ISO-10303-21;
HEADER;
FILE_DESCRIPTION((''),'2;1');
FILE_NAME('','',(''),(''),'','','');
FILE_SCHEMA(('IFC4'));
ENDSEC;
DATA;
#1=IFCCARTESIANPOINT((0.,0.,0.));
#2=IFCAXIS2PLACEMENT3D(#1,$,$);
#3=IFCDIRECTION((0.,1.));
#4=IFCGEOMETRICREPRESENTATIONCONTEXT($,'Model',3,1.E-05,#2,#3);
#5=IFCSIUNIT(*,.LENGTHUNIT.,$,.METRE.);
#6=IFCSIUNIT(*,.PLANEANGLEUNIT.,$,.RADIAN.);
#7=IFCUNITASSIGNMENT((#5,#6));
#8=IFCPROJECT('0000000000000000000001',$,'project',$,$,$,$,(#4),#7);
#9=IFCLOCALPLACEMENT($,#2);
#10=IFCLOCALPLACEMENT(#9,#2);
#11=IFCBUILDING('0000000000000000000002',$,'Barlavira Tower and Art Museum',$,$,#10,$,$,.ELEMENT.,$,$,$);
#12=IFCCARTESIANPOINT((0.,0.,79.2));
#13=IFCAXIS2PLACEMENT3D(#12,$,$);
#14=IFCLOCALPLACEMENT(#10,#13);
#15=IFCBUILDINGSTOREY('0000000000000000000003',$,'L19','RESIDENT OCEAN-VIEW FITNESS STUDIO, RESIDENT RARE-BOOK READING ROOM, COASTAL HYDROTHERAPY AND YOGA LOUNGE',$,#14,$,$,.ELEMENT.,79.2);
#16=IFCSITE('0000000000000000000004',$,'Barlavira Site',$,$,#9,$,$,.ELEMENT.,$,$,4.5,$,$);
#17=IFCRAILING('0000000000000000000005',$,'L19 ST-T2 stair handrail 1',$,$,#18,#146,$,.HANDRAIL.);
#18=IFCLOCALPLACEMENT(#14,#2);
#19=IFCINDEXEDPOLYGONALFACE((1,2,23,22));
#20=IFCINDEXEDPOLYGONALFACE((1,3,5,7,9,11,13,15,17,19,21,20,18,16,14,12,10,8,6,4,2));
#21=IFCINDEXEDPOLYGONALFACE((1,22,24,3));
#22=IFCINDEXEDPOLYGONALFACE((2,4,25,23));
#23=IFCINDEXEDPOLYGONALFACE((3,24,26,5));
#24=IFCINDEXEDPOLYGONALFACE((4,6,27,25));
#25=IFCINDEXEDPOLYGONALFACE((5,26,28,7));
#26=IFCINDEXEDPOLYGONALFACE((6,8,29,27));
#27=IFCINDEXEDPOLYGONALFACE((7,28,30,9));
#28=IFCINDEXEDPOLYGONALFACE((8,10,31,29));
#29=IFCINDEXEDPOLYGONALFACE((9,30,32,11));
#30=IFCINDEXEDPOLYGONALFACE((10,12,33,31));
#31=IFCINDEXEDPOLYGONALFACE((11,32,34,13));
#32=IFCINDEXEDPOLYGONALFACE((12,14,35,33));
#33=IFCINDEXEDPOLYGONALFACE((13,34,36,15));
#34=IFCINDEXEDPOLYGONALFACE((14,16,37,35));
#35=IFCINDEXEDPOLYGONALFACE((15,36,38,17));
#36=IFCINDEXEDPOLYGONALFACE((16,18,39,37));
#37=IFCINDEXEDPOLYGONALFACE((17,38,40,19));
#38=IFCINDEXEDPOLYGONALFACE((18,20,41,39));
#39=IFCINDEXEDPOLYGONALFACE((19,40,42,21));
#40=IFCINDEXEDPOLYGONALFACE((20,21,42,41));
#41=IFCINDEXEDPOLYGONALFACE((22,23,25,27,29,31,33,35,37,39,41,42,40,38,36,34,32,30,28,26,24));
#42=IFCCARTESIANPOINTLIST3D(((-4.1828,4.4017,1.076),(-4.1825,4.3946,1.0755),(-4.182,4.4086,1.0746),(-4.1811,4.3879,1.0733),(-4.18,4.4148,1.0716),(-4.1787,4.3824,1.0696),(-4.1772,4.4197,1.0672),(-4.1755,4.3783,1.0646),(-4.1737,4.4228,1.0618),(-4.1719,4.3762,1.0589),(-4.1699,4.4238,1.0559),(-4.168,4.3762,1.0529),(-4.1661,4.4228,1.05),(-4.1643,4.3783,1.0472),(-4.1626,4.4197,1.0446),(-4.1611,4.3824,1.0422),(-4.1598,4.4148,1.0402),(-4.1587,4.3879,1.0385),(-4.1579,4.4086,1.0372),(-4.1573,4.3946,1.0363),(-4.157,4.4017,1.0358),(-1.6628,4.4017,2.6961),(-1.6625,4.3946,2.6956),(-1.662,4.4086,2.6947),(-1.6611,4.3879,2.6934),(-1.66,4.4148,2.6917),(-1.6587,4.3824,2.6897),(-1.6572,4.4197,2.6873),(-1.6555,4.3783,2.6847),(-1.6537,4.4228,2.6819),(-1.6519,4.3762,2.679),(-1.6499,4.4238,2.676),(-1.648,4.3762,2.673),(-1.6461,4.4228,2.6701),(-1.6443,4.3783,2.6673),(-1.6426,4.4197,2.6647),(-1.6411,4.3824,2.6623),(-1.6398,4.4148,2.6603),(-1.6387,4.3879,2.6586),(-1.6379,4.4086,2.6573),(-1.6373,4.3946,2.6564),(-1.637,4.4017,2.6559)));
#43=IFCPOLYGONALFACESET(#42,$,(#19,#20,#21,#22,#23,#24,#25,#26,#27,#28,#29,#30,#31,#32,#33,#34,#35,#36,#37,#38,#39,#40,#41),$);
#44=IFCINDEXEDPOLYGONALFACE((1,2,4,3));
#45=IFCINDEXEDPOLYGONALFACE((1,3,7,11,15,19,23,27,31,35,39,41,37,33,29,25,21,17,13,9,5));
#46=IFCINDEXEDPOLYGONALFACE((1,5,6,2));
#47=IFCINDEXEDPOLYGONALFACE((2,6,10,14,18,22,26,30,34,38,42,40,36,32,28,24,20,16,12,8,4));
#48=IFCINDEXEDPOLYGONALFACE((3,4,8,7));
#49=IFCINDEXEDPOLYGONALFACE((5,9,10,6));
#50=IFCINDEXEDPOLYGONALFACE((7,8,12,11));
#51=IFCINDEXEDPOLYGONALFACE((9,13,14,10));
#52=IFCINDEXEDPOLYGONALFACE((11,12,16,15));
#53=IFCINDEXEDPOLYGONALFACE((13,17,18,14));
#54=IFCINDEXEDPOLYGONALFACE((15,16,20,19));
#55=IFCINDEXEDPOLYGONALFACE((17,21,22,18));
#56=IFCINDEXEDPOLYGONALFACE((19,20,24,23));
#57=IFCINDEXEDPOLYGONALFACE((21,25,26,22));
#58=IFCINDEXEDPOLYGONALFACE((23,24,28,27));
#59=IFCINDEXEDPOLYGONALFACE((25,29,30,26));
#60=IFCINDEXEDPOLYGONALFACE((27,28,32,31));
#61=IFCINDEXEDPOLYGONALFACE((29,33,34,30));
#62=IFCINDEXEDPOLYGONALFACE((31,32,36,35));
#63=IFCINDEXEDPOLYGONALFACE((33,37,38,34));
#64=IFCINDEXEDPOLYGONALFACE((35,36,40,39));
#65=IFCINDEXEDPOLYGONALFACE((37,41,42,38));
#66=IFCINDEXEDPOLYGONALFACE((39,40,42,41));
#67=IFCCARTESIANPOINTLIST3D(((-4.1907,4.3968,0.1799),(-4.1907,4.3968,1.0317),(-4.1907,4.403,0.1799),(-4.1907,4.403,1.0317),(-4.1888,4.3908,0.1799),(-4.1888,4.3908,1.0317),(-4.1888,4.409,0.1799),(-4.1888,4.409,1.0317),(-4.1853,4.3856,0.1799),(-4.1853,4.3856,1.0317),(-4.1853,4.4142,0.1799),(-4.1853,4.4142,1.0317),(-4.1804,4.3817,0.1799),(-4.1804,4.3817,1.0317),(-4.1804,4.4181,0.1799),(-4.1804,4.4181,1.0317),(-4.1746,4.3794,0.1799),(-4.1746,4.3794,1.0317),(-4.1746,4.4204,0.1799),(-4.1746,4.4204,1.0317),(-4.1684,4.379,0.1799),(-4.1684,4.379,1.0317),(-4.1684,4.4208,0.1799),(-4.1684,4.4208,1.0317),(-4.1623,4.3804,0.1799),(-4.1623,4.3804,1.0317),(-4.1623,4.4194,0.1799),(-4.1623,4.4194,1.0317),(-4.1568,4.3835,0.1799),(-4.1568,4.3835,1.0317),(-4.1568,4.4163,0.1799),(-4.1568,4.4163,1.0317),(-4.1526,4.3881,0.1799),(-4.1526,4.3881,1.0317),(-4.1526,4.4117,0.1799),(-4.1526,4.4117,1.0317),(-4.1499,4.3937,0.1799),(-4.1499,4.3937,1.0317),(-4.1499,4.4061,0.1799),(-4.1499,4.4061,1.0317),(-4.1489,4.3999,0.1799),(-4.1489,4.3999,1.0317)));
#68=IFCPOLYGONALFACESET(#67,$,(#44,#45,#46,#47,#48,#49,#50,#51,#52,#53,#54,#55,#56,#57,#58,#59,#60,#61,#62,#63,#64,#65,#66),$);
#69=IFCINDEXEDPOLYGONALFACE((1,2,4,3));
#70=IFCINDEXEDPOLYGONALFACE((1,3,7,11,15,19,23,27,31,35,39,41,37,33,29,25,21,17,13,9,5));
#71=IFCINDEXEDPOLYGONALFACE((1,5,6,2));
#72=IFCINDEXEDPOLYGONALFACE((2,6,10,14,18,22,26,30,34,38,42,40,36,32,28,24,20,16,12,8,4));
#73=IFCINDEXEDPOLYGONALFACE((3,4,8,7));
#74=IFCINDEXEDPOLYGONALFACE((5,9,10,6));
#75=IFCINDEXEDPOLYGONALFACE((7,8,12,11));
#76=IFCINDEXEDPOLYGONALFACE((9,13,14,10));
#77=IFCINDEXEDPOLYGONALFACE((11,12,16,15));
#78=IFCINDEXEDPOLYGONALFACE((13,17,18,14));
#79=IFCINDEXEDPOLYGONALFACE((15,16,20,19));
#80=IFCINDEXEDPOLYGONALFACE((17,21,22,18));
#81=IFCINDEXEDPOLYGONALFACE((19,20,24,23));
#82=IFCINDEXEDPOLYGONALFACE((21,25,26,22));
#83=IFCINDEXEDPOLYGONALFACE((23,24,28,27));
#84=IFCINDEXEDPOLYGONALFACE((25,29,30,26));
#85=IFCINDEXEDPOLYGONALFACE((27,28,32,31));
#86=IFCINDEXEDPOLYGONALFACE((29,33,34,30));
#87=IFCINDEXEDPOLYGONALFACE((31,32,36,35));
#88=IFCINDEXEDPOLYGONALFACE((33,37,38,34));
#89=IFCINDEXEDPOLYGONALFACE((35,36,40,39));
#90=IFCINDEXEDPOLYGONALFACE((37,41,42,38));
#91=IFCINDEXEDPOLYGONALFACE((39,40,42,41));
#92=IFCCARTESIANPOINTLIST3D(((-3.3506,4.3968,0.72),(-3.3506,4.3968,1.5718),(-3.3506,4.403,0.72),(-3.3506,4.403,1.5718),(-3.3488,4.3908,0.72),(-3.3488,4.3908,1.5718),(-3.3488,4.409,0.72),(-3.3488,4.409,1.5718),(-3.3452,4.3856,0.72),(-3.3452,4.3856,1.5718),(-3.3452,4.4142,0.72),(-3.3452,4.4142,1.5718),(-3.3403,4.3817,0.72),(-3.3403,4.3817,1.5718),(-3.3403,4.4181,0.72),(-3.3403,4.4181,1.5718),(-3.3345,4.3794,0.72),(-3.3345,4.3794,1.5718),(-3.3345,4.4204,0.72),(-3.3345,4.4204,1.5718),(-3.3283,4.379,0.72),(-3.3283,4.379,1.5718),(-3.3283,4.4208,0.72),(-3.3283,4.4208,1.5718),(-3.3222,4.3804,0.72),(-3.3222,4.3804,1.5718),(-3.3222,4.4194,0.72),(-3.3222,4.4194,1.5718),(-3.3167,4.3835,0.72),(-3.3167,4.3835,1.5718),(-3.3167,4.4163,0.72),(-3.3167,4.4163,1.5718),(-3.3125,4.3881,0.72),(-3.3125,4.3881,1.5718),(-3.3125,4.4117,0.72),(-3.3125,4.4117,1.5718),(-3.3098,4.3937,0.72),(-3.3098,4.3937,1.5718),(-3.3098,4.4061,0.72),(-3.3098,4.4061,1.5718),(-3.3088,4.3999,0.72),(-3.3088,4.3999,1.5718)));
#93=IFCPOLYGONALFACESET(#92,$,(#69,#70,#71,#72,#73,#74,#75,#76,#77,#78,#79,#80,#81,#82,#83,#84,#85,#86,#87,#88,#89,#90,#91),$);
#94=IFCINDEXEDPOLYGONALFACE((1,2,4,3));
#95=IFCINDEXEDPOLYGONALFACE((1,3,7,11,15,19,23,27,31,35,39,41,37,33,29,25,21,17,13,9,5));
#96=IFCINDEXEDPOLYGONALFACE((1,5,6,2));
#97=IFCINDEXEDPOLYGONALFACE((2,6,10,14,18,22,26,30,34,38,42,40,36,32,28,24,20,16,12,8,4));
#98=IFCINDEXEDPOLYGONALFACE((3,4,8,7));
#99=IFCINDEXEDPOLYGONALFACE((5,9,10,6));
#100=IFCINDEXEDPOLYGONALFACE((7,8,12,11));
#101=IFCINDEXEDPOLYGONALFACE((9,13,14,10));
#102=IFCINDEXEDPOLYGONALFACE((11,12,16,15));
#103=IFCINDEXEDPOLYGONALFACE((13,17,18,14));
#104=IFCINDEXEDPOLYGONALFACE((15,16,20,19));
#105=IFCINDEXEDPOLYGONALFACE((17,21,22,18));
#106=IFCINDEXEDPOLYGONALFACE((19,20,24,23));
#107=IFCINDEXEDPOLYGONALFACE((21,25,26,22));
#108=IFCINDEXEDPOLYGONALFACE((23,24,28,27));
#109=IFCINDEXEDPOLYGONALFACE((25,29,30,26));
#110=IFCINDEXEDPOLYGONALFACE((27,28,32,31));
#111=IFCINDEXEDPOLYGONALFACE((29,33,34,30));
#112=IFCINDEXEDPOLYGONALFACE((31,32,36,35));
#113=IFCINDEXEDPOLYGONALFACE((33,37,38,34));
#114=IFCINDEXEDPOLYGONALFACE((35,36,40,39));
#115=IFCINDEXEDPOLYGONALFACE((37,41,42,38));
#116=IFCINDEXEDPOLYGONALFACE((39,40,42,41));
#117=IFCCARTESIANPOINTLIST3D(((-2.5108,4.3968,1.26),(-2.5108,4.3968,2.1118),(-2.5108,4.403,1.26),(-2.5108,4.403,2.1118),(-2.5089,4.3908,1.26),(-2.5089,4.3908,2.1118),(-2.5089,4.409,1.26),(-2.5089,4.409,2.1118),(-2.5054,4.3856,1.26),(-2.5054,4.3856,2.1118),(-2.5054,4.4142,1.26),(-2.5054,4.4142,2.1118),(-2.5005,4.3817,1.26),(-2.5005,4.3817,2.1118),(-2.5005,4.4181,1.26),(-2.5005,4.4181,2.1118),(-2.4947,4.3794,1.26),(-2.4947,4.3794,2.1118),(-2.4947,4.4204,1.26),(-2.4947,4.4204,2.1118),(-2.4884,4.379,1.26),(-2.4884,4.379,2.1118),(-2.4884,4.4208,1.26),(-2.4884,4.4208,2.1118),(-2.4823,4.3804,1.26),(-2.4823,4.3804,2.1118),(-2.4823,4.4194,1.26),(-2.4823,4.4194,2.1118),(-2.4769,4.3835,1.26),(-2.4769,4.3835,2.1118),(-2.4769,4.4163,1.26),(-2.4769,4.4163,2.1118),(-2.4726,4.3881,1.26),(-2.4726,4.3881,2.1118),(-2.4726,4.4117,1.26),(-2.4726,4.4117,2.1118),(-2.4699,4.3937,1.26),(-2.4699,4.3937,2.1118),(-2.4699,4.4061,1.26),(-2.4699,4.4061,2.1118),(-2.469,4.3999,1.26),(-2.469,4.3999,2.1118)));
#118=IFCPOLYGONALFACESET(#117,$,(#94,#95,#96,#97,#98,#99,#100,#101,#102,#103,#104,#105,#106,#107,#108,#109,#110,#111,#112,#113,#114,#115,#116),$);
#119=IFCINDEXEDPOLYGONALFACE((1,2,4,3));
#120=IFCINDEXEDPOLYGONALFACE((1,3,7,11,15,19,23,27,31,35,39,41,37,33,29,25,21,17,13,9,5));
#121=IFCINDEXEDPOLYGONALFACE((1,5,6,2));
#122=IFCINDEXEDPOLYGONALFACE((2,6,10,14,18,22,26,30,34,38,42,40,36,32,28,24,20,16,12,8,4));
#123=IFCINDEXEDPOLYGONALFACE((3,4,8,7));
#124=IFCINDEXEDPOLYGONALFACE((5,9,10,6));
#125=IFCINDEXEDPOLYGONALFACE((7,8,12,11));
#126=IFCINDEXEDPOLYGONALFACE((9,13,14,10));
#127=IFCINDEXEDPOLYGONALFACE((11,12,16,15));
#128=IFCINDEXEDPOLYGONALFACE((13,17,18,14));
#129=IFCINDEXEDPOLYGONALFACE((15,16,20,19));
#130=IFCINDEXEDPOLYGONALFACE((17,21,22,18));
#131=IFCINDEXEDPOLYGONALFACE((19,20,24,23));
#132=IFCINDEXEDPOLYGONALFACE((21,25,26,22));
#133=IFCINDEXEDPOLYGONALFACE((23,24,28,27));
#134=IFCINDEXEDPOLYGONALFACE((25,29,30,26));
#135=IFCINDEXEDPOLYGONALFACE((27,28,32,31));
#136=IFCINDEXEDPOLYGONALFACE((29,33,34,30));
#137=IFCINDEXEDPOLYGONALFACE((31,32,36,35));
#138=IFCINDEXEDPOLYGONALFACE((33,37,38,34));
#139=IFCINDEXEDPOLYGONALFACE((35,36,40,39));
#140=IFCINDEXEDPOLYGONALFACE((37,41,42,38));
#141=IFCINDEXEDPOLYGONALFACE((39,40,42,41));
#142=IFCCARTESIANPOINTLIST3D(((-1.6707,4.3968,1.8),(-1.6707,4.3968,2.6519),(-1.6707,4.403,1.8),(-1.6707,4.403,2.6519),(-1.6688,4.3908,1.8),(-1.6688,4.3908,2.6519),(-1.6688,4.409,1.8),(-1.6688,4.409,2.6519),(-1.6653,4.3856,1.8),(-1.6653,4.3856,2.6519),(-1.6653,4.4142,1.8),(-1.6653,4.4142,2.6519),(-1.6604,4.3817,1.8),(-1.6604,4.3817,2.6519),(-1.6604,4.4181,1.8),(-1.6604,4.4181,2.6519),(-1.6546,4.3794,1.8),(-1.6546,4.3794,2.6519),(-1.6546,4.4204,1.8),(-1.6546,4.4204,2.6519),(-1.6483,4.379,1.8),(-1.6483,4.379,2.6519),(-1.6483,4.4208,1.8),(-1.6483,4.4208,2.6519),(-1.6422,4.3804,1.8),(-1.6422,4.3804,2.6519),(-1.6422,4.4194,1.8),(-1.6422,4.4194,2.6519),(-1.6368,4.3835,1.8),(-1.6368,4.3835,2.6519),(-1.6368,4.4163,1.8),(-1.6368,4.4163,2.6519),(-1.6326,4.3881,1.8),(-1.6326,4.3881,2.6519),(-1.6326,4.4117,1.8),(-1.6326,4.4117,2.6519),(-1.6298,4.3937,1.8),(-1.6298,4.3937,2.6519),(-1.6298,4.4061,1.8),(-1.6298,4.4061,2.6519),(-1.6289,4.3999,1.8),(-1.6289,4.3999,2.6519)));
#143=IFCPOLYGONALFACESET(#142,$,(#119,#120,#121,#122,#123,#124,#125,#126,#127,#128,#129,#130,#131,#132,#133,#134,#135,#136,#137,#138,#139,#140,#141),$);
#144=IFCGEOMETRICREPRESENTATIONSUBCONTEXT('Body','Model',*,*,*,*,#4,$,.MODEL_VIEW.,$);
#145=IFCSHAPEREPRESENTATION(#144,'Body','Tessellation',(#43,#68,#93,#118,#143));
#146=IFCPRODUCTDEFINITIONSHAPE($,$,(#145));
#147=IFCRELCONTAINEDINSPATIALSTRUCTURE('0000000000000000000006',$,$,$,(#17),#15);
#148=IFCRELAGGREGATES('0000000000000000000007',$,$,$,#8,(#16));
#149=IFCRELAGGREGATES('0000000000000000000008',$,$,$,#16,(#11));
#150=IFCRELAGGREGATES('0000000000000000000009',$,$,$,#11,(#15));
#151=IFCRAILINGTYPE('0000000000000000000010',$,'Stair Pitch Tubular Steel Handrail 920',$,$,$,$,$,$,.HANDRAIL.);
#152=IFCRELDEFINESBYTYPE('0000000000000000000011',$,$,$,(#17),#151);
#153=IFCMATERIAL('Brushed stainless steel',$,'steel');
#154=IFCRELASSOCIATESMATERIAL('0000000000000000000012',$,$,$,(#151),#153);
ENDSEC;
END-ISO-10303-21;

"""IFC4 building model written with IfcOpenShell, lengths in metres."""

from ifc_helpers import new_model, si_unit, direction, frame, origin, origin_2d, place, context, subcontext, project, spatial, circle, extrude, material, type_object, element, save


model = new_model("IFC4")

# Units and contexts
model_context = context("Model", 3, precision=1e-05, world=origin(), true_north=direction((0.0, 1.0)))
body_context = subcontext(model_context, "Body", "Model", "MODEL_VIEW")
ifc_project = project(units=[si_unit("LENGTHUNIT", "METRE"), si_unit("PLANEANGLEUNIT", "RADIAN")], contexts=[model_context])

# Site, building, storey
site_placement = place(None, origin())
site = spatial("IfcSite", under=ifc_project, at=site_placement, Name="Barlavira Site", CompositionType="ELEMENT", RefElevation=4.5)
building_placement = place(site_placement, origin())
building = spatial("IfcBuilding", under=site, at=building_placement, Name="Barlavira Tower and Art Museum", CompositionType="ELEMENT")
storey_placement = place(building_placement, frame((0.0, 0.0, 79.2)))
storey = spatial("IfcBuildingStorey", under=building, at=storey_placement, Name="L19", Description="RESIDENT OCEAN-VIEW FITNESS STUDIO, RESIDENT RARE-BOOK READING ROOM, COASTAL HYDROTHERAPY AND YOGA LOUNGE", CompositionType="ELEMENT", Elevation=79.2)

# Shared definitions
ifc_material_1 = material(Name="Brushed stainless steel", Category="steel")

# Railing
railing_type_1 = type_object("IfcRailingType", Name="Stair Pitch Tubular Steel Handrail 920", PredefinedType="HANDRAIL", material=ifc_material_1)
railing_1_placement = place(storey_placement, frame((-4.1699, 4.3999, 0.1799)))
element("IfcRailing", 1, at=railing_1_placement, inside=storey, type_object=railing_type_1, Name="L19 ST-T2 stair handrail 1", PredefinedType="HANDRAIL", context=body_context, shape_type="SweptSolid", body=[
    extrude(circle(Radius=0.0239, at=origin_2d()), frame((0.0, 0.0, 0.876), z_axis=(0.841163, 0.0, 0.540782), x_axis=(0.0, 1.0, 0.0)), (0.0, 0.0, 1.0), 2.9958),
    extrude(circle(Radius=0.021, at=origin_2d()), origin(), (0.0, 0.0, 1.0), 0.8518),
    extrude(circle(Radius=0.021, at=origin_2d()), frame((0.8401, 0.0, 0.54)), (0.0, 0.0, 1.0), 0.8518),
    extrude(circle(Radius=0.021, at=origin_2d()), frame((1.6799, 0.0, 1.0801)), (0.0, 0.0, 1.0), 0.8518),
    extrude(circle(Radius=0.021, at=origin_2d()), frame((2.52, 0.0, 1.6201)), (0.0, 0.0, 1.0), 0.8518),
])

save(model, "model.ifc")
